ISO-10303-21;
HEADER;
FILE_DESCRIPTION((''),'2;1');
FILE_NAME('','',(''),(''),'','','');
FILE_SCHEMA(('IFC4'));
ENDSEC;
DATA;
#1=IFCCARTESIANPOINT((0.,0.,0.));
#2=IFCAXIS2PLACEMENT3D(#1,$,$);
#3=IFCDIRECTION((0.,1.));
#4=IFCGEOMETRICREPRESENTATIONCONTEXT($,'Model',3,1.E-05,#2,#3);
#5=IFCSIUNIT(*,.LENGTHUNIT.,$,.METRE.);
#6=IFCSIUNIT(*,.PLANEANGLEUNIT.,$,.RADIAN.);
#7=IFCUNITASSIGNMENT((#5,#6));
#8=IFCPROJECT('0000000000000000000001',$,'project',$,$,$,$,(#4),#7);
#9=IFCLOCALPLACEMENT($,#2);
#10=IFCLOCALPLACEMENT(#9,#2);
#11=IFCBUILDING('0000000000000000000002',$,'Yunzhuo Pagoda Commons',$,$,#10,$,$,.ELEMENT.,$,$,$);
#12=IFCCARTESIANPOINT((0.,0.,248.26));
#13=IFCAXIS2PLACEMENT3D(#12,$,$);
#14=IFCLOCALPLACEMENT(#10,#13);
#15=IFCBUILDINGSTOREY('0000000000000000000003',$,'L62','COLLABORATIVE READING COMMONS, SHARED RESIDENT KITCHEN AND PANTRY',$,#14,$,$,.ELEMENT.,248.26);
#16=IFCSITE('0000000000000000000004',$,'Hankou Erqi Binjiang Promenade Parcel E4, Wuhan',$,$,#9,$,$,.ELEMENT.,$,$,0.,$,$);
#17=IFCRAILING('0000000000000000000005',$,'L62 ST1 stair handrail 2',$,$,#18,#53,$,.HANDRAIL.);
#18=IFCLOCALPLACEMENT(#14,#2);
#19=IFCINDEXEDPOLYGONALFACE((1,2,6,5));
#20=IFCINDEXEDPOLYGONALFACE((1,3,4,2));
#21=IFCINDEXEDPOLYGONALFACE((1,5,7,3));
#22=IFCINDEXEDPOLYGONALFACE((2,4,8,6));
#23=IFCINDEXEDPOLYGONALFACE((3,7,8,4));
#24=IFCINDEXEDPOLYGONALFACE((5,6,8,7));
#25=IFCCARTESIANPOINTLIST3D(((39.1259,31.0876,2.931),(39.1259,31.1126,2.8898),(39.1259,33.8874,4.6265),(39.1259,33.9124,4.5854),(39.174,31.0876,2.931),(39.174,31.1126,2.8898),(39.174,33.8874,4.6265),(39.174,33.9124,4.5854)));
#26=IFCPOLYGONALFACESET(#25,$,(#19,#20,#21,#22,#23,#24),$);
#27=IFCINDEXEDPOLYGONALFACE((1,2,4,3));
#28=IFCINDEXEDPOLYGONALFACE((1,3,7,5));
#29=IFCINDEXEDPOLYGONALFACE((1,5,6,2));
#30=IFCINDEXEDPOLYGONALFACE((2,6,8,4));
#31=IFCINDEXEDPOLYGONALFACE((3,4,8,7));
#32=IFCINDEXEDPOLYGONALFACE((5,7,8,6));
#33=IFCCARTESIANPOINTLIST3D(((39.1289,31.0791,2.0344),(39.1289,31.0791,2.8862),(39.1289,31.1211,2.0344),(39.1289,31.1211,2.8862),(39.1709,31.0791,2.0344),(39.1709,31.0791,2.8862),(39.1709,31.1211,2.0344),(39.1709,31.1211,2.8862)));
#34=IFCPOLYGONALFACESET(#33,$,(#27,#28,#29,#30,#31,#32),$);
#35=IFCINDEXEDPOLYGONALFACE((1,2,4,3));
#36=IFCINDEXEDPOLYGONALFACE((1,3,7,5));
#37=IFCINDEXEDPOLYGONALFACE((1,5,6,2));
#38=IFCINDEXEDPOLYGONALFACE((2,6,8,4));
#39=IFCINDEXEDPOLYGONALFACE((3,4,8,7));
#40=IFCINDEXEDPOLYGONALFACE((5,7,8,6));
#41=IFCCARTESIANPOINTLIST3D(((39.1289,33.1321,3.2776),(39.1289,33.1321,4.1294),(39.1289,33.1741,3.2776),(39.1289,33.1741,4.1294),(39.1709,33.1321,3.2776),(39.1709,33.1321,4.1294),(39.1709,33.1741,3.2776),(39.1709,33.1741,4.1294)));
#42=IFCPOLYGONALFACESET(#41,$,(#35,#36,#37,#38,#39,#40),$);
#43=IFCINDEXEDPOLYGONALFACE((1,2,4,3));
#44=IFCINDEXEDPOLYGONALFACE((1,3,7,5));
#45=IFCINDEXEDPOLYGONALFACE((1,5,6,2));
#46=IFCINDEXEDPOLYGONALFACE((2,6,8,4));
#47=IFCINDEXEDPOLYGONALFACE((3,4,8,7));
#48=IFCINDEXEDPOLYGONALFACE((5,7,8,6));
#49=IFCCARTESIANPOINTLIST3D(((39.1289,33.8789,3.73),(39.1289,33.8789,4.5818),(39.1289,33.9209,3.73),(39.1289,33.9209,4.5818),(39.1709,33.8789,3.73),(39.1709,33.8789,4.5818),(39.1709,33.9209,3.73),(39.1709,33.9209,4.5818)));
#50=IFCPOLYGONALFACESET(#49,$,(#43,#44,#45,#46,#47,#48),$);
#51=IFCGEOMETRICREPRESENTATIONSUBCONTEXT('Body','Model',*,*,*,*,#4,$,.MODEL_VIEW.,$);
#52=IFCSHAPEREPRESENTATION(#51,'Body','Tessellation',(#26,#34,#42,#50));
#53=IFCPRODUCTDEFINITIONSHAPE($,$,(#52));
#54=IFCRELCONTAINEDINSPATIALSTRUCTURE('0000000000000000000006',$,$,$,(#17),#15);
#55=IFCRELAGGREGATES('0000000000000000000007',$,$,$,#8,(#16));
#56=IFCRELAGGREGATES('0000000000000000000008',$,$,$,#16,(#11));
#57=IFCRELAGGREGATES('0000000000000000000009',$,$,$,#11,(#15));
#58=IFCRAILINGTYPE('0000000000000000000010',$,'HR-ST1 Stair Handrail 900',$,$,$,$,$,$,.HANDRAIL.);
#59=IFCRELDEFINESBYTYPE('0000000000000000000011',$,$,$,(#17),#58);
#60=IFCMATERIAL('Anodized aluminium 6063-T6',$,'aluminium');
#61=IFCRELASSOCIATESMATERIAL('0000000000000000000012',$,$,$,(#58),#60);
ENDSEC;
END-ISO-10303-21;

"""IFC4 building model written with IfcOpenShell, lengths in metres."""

from ifc_helpers import new_model, si_unit, direction, frame, origin, origin_2d, place, context, subcontext, project, spatial, rectangle, extrude, material, type_object, element, save


model = new_model("IFC4")

# Units and contexts
model_context = context("Model", 3, precision=1e-05, world=origin(), true_north=direction((0.0, 1.0)))
body_context = subcontext(model_context, "Body", "Model", "MODEL_VIEW")
ifc_project = project(units=[si_unit("LENGTHUNIT", "METRE"), si_unit("PLANEANGLEUNIT", "RADIAN")], contexts=[model_context])

# Site, building, storey
site_placement = place(None, origin())
site = spatial("IfcSite", under=ifc_project, at=site_placement, Name="Hankou Erqi Binjiang Promenade Parcel E4, Wuhan", CompositionType="ELEMENT", RefElevation=0.0)
building_placement = place(site_placement, origin())
building = spatial("IfcBuilding", under=site, at=building_placement, Name="Yunzhuo Pagoda Commons", CompositionType="ELEMENT")
storey_placement = place(building_placement, frame((0.0, 0.0, 248.26)))
storey = spatial("IfcBuildingStorey", under=building, at=storey_placement, Name="L62", Description="COLLABORATIVE READING COMMONS, SHARED RESIDENT KITCHEN AND PANTRY", CompositionType="ELEMENT", Elevation=248.26)

# Railing
ifc_material_1 = material(Name="Anodized aluminium 6063-T6", Category="aluminium")
railing_type_1 = type_object("IfcRailingType", Name="HR-ST1 Stair Handrail 900", PredefinedType="HANDRAIL", material=ifc_material_1)
railing_1_placement = place(storey_placement, frame((39.1499, 31.1001, 2.0344)))
element("IfcRailing", 1, at=railing_1_placement, inside=storey, type_object=railing_type_1, Name="L62 ST1 stair handrail 2", PredefinedType="HANDRAIL", context=body_context, shape_type="SweptSolid", body=[
    extrude(rectangle(XDim=0.0481, YDim=0.0481, at=origin_2d()), frame((0.0, 0.0, 0.876), z_axis=(0.0, 0.855373, 0.518012), x_axis=(-1.0, 0.0, 0.0)), (0.0, 0.0, 1.0), 3.2732),
    extrude(rectangle(XDim=0.042, YDim=0.042, at=origin_2d()), origin(), (0.0, 0.0, 1.0), 0.8518),
    extrude(rectangle(XDim=0.042, YDim=0.042, at=origin_2d()), frame((0.0, 2.053, 1.2432)), (0.0, 0.0, 1.0), 0.8518),
    extrude(rectangle(XDim=0.042, YDim=0.042, at=origin_2d()), frame((0.0, 2.7998, 1.6956)), (0.0, 0.0, 1.0), 0.8518),
])

save(model, "model.ifc")
